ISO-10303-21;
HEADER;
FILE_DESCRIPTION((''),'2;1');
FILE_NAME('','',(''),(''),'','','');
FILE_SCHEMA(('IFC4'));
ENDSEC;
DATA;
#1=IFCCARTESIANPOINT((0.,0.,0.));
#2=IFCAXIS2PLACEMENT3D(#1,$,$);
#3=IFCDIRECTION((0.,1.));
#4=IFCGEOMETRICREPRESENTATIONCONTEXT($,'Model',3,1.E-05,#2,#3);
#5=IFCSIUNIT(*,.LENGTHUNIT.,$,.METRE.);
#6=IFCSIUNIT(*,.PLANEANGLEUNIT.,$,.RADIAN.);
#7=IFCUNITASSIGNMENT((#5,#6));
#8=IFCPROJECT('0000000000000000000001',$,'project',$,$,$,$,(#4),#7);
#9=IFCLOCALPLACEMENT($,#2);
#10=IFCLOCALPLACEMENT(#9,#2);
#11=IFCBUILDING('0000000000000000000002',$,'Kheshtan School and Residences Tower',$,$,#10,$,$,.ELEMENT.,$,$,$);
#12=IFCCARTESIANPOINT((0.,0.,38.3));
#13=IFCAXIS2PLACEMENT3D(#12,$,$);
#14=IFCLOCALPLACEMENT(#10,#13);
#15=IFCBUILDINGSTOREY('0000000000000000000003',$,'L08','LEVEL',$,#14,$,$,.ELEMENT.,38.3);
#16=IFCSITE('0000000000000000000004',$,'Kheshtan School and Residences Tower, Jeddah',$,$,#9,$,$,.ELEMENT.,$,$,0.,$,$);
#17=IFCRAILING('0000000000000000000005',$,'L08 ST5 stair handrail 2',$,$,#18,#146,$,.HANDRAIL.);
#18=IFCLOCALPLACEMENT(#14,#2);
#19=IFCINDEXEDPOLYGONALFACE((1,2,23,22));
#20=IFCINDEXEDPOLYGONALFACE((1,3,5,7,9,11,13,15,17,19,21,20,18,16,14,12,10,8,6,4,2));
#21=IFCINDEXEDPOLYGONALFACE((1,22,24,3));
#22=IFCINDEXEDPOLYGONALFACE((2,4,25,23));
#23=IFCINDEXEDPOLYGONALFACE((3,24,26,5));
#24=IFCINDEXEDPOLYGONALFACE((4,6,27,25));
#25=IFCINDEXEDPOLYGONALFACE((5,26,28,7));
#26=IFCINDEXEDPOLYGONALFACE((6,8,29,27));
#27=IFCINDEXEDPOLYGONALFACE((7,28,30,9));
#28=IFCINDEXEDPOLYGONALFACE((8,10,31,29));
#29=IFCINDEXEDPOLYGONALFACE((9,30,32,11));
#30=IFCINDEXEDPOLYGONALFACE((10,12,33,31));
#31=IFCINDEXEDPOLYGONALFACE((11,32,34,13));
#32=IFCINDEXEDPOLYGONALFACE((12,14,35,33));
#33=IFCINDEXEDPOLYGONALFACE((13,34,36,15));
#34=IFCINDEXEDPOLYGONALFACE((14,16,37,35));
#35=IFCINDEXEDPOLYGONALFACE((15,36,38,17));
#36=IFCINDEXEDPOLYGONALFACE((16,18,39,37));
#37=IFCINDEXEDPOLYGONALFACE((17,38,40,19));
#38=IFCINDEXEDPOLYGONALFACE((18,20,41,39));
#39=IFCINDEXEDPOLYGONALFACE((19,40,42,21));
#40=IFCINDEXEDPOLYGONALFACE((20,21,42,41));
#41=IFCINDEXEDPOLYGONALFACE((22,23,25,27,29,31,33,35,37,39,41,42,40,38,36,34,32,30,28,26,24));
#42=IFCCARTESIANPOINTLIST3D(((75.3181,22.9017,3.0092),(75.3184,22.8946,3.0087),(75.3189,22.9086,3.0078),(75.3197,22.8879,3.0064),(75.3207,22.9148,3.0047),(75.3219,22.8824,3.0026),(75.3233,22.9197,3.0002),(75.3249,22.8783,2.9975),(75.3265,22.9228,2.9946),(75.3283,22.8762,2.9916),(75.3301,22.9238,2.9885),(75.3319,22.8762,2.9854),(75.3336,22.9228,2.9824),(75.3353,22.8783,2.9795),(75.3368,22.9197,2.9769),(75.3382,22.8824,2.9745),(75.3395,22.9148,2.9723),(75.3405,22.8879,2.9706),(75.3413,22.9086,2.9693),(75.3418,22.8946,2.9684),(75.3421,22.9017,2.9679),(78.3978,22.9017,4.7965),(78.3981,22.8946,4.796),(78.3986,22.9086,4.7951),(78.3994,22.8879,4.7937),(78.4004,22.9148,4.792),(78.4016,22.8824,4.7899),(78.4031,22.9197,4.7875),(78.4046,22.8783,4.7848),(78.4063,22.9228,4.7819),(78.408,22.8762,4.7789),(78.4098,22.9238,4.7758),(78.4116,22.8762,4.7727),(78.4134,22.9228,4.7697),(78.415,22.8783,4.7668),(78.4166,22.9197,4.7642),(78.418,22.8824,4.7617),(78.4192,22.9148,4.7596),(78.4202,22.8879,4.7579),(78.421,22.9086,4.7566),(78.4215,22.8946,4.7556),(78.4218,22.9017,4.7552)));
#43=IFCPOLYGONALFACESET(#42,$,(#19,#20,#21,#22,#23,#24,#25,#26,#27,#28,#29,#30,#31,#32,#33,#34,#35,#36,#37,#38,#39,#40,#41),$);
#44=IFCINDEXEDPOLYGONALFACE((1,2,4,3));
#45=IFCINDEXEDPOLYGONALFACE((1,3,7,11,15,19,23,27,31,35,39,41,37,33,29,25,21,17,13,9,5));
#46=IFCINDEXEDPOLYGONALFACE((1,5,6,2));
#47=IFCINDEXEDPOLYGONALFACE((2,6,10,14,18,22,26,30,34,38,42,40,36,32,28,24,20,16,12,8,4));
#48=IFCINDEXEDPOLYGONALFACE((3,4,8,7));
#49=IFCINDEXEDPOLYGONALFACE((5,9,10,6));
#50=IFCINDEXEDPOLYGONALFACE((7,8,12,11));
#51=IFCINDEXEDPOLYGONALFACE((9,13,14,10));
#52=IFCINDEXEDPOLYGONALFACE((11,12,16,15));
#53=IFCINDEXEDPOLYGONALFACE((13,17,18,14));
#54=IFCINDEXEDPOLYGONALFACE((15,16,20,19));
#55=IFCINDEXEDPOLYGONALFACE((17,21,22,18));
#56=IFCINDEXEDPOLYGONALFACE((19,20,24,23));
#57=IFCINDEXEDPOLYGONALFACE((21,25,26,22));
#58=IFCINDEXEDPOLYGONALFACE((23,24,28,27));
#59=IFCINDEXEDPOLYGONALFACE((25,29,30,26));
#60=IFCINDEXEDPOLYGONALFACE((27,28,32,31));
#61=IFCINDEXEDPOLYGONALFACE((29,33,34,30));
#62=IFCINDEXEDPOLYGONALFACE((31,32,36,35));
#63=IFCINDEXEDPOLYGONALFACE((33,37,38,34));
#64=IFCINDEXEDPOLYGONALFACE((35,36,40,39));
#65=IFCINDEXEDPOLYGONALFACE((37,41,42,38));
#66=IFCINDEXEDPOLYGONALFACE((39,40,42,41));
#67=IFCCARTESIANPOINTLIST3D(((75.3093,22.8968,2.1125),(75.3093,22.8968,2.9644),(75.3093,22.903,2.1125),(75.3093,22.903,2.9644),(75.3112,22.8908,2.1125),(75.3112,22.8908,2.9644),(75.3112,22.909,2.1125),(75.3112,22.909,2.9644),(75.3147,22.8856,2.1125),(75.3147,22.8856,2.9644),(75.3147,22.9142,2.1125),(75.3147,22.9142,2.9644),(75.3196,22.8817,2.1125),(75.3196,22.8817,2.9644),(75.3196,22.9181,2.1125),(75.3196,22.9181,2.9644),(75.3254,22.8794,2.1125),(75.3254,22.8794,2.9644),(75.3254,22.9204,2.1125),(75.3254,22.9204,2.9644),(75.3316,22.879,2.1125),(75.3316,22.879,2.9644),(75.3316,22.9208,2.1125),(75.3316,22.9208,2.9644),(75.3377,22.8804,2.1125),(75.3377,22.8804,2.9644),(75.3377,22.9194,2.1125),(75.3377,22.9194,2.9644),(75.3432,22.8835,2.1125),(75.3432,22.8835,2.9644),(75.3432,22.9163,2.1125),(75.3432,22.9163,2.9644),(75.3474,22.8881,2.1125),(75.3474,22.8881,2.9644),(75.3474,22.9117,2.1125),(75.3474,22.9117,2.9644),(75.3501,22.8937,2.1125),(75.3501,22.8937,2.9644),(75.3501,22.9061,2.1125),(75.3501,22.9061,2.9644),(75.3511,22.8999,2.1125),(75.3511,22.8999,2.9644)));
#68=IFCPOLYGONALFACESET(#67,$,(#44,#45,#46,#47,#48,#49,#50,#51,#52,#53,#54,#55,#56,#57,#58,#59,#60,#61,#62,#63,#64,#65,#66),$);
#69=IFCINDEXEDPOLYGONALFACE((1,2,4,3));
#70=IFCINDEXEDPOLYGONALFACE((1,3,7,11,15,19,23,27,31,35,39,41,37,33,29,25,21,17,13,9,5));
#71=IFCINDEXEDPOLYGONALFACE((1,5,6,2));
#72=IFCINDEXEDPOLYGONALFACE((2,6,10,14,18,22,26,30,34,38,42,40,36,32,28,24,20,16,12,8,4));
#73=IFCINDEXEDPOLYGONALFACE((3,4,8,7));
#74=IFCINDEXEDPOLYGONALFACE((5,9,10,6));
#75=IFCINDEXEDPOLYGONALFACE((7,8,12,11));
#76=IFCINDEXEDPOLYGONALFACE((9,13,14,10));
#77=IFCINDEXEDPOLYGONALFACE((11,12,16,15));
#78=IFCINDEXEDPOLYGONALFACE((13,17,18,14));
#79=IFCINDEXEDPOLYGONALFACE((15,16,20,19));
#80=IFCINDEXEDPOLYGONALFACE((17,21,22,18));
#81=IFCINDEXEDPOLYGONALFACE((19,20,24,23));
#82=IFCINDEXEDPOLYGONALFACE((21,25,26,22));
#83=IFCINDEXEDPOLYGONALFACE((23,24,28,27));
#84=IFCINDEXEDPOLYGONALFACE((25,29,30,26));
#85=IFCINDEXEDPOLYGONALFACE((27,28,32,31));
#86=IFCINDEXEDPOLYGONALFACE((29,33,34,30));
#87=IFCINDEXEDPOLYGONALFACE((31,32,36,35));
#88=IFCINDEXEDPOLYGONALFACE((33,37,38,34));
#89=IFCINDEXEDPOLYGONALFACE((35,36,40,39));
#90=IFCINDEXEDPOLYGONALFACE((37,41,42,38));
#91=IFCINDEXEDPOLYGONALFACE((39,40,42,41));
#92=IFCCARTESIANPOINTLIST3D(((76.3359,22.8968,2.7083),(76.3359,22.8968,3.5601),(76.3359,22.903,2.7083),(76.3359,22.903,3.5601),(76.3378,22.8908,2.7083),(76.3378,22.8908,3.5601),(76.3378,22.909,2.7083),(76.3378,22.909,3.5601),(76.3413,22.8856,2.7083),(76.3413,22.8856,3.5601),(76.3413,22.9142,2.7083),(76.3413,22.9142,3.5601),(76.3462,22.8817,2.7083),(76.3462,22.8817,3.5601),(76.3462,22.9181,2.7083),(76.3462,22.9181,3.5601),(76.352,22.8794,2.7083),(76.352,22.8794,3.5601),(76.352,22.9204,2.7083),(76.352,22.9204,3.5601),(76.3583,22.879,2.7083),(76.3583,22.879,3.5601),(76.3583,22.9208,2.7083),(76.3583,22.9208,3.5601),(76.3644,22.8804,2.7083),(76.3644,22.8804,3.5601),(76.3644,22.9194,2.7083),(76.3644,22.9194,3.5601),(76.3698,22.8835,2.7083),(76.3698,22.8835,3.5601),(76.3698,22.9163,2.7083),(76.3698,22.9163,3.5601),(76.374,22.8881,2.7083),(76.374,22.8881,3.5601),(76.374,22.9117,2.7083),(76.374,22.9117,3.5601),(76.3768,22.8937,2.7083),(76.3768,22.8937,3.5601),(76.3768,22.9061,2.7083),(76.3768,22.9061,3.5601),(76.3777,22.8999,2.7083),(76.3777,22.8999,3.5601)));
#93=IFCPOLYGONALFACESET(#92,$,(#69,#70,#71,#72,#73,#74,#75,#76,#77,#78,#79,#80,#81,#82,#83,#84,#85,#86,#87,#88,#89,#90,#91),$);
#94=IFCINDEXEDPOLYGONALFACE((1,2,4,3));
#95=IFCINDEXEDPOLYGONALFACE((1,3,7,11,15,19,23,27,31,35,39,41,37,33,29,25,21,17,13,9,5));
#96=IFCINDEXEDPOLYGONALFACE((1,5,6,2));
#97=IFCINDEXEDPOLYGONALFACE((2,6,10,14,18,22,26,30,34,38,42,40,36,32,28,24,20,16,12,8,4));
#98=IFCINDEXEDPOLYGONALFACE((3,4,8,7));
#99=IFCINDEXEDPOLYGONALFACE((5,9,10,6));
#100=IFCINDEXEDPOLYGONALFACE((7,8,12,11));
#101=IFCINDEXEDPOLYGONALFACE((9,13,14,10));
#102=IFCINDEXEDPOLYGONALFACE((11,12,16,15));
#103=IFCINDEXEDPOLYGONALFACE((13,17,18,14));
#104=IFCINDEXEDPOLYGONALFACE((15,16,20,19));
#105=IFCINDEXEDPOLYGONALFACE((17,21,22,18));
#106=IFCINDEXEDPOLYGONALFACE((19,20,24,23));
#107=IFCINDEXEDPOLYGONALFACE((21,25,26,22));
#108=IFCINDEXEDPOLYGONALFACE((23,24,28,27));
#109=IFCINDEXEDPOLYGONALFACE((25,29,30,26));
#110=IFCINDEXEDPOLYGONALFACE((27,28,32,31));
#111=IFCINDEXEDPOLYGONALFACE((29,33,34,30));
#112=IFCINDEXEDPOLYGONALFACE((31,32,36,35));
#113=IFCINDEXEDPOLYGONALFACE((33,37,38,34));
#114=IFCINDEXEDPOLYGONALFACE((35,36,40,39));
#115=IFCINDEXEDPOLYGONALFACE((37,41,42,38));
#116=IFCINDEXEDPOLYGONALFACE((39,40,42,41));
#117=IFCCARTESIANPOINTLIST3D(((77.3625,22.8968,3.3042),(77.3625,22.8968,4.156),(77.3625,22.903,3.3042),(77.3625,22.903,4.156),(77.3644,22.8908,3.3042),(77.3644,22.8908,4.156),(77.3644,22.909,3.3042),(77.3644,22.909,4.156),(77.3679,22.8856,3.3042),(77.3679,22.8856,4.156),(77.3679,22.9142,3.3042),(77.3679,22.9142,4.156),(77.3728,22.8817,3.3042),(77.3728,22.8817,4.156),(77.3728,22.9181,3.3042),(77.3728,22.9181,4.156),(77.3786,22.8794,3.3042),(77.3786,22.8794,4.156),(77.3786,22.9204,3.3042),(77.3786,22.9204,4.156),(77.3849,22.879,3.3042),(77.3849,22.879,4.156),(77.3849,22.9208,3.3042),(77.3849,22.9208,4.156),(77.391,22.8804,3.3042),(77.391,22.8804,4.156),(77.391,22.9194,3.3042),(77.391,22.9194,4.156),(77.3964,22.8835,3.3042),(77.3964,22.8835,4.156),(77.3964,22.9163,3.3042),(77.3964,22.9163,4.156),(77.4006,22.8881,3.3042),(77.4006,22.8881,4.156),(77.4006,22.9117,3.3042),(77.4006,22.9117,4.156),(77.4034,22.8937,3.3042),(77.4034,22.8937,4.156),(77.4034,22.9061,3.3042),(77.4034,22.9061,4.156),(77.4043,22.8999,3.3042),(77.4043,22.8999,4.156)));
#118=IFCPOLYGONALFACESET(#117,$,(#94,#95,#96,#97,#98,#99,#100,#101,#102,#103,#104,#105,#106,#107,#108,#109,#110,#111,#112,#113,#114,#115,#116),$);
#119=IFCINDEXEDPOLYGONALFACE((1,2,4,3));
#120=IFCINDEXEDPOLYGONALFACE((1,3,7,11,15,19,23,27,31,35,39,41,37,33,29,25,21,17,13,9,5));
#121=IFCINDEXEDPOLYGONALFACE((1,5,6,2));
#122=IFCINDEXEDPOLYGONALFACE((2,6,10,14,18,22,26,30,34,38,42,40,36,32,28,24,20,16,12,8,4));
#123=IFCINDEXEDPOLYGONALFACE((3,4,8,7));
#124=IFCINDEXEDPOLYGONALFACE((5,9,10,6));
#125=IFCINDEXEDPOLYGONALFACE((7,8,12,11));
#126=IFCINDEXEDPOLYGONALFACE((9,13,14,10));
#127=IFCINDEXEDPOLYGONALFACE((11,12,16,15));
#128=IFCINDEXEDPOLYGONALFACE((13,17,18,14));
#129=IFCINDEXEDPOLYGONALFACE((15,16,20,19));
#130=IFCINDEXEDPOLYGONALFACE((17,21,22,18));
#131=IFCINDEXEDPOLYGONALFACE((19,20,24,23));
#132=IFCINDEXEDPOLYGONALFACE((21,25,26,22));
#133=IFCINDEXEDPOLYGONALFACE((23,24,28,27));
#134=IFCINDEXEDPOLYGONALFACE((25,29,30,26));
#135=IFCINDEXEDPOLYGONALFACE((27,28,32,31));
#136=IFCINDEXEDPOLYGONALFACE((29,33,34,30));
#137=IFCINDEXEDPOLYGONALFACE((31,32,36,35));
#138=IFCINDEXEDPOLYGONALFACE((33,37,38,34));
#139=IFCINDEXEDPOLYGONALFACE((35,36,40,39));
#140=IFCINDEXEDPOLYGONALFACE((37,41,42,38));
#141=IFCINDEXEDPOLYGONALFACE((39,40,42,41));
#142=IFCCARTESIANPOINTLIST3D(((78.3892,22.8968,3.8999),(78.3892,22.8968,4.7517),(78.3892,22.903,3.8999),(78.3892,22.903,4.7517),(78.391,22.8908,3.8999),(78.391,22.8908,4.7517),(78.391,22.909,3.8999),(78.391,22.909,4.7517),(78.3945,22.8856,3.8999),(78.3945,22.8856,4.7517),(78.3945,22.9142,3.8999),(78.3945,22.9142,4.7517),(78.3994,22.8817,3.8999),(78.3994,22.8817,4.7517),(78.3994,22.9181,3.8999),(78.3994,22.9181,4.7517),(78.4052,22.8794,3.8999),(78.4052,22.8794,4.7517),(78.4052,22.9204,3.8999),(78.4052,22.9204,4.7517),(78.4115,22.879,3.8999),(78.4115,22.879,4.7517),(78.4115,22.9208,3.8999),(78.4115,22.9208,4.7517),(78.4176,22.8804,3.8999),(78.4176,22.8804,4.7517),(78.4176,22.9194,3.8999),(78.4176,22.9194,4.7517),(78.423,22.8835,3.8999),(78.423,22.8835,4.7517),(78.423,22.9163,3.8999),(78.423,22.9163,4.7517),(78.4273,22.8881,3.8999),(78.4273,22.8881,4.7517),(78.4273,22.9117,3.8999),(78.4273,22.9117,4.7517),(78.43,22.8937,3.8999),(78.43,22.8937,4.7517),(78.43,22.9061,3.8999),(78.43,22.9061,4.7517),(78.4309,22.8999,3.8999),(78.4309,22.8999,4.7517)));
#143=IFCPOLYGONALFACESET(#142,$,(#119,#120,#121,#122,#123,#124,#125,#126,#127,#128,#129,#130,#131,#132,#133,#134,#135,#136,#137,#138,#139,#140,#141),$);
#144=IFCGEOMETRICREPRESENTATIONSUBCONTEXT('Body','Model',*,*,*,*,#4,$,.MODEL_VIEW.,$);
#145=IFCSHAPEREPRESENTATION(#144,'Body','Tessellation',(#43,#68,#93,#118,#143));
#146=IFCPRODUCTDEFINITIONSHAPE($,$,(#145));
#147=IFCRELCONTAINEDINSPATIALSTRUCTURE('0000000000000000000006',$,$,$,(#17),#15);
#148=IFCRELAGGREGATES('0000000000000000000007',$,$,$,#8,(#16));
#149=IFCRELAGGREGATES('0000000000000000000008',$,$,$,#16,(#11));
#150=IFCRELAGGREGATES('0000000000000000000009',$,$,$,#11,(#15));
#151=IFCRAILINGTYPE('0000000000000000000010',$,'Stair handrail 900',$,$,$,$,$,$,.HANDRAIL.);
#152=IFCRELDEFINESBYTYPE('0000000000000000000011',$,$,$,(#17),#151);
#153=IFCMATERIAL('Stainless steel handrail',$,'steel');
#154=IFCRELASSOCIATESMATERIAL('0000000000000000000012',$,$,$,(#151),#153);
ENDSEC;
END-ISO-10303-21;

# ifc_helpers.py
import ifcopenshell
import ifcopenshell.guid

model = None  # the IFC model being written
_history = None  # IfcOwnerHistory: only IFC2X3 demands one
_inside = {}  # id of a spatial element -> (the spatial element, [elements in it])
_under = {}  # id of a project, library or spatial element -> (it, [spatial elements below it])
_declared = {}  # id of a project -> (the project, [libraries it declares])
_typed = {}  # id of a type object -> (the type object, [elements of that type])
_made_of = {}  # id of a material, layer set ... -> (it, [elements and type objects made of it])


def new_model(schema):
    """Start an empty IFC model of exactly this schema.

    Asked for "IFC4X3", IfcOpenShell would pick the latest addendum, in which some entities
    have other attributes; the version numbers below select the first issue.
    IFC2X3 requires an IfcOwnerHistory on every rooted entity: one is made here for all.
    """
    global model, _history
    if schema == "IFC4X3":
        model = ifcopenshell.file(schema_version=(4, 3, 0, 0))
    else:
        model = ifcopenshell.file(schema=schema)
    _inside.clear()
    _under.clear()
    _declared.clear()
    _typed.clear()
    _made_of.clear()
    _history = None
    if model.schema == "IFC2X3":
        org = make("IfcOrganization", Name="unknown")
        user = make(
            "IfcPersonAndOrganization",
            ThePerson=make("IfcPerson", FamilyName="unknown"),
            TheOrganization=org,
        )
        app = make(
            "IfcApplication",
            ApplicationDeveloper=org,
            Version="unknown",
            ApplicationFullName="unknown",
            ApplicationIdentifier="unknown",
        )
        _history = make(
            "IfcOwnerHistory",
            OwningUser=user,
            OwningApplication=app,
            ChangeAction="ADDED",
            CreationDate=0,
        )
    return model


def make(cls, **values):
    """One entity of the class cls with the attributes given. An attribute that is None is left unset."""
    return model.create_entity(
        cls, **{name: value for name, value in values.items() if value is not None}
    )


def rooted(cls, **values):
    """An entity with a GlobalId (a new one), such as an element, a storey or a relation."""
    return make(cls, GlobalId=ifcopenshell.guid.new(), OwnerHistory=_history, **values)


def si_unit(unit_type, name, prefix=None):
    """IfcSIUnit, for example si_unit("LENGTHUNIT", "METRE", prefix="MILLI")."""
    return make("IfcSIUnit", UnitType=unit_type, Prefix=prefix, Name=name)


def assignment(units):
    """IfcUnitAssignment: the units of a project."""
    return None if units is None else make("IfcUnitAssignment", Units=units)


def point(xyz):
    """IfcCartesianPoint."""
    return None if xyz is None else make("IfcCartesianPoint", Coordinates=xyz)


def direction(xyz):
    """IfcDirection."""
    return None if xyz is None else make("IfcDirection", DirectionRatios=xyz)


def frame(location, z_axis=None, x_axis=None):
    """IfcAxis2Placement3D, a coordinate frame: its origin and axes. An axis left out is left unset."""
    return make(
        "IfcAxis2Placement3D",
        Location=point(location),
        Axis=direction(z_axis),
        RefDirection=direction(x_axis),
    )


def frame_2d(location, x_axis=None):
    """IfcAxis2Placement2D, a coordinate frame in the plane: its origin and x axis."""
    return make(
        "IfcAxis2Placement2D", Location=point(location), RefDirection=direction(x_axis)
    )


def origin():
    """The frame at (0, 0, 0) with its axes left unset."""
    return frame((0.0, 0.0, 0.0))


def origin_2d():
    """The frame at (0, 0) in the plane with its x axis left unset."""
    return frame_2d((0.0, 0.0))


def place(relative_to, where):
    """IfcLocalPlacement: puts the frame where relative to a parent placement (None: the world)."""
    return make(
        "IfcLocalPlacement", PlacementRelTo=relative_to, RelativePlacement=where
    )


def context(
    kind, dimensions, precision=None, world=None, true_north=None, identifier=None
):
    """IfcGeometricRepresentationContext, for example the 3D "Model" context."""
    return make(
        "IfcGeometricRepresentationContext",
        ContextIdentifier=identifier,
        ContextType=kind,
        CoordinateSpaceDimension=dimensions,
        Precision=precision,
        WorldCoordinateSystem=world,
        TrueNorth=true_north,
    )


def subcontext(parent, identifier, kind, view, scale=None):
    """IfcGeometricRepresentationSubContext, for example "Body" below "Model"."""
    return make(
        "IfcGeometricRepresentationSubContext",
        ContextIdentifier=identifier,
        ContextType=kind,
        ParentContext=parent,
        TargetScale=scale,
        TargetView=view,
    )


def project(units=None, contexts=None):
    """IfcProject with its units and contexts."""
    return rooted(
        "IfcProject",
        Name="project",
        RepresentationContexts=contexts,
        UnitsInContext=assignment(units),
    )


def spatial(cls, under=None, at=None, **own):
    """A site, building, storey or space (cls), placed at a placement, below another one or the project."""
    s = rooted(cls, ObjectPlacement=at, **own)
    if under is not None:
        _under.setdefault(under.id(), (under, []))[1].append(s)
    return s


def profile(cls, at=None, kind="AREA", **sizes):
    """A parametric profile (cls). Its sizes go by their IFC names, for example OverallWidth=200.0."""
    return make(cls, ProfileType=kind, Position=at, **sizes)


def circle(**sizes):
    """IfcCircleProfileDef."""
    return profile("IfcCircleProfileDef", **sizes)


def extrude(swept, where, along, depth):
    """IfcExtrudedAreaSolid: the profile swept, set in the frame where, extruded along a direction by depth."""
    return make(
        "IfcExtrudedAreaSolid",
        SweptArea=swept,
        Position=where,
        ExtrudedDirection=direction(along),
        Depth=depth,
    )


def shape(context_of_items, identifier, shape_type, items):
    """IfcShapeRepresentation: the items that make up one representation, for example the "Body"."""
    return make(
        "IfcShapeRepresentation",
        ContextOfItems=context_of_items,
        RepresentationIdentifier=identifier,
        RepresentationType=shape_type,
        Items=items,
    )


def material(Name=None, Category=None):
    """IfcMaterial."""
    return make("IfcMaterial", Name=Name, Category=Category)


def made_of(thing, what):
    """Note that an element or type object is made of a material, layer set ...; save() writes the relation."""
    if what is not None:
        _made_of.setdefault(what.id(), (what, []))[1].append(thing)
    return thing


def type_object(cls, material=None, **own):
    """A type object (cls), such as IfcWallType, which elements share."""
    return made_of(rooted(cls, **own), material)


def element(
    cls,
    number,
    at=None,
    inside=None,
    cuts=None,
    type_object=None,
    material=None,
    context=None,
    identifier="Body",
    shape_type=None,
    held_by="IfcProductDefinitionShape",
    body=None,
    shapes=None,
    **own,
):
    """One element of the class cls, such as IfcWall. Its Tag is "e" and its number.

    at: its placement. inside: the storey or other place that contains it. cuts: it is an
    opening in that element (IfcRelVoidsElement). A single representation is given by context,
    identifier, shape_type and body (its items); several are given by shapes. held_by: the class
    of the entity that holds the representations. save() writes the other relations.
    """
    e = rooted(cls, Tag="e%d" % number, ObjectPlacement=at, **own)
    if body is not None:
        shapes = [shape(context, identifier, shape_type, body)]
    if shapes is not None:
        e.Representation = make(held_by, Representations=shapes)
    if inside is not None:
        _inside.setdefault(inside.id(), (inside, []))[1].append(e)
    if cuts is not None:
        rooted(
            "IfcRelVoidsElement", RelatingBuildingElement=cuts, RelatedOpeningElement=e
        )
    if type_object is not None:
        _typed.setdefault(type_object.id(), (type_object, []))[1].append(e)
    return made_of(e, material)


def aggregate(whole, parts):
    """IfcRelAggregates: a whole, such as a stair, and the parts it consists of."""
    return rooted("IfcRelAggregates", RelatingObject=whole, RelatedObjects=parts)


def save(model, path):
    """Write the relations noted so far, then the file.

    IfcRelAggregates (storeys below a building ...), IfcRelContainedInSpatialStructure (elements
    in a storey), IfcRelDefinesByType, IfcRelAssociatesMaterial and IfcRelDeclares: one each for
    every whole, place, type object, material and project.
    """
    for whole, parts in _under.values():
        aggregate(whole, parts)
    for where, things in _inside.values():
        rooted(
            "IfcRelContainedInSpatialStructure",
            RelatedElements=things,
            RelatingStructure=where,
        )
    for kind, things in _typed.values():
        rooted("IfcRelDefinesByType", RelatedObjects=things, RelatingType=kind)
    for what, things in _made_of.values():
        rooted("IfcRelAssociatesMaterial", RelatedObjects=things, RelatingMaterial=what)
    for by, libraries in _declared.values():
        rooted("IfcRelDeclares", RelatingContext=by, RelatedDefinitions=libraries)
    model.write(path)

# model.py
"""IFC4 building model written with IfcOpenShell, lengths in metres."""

from ifc_helpers import new_model, si_unit, direction, frame, origin, origin_2d, place, context, subcontext, project, spatial, circle, extrude, material, type_object, element, save


model = new_model("IFC4")

# Units and contexts
model_context = context("Model", 3, precision=1e-05, world=origin(), true_north=direction((0.0, 1.0)))
body_context = subcontext(model_context, "Body", "Model", "MODEL_VIEW")
ifc_project = project(units=[si_unit("LENGTHUNIT", "METRE"), si_unit("PLANEANGLEUNIT", "RADIAN")], contexts=[model_context])

# Site, building, storey
site_placement = place(None, origin())
site = spatial("IfcSite", under=ifc_project, at=site_placement, Name="Kheshtan School and Residences Tower, Jeddah", CompositionType="ELEMENT", RefElevation=0.0)
building_placement = place(site_placement, origin())
building = spatial("IfcBuilding", under=site, at=building_placement, Name="Kheshtan School and Residences Tower", CompositionType="ELEMENT")
storey_placement = place(building_placement, frame((0.0, 0.0, 38.3)))
storey = spatial("IfcBuildingStorey", under=building, at=storey_placement, Name="L08", Description="LEVEL", CompositionType="ELEMENT", Elevation=38.3)

# Railing
ifc_material_1 = material(Name="Stainless steel handrail", Category="steel")
railing_type_1 = type_object("IfcRailingType", Name="Stair handrail 900", PredefinedType="HANDRAIL", material=ifc_material_1)
railing_1_placement = place(storey_placement, frame((75.3301, 22.8999, 2.1125)))
element("IfcRailing", 1, at=railing_1_placement, inside=storey, type_object=railing_type_1, Name="L08 ST5 stair handrail 2", PredefinedType="HANDRAIL", context=body_context, shape_type="SweptSolid", body=[
    extrude(circle(Radius=0.0239, at=origin_2d()), frame((0.0, 0.0, 0.876), z_axis=(0.864903, 0.0, 0.501939), x_axis=(0.0, 1.0, 0.0)), (0.0, 0.0, 1.0), 3.5608),
    extrude(circle(Radius=0.021, at=origin_2d()), origin(), (0.0, 0.0, 1.0), 0.8518),
    extrude(circle(Radius=0.021, at=origin_2d()), frame((1.0266, 0.0, 0.5957)), (0.0, 0.0, 1.0), 0.8518),
    extrude(circle(Radius=0.021, at=origin_2d()), frame((2.0532, 0.0, 1.1917)), (0.0, 0.0, 1.0), 0.8518),
    extrude(circle(Radius=0.021, at=origin_2d()), frame((3.0798, 0.0, 1.7874)), (0.0, 0.0, 1.0), 0.8518),
])

save(model, "model.ifc")
